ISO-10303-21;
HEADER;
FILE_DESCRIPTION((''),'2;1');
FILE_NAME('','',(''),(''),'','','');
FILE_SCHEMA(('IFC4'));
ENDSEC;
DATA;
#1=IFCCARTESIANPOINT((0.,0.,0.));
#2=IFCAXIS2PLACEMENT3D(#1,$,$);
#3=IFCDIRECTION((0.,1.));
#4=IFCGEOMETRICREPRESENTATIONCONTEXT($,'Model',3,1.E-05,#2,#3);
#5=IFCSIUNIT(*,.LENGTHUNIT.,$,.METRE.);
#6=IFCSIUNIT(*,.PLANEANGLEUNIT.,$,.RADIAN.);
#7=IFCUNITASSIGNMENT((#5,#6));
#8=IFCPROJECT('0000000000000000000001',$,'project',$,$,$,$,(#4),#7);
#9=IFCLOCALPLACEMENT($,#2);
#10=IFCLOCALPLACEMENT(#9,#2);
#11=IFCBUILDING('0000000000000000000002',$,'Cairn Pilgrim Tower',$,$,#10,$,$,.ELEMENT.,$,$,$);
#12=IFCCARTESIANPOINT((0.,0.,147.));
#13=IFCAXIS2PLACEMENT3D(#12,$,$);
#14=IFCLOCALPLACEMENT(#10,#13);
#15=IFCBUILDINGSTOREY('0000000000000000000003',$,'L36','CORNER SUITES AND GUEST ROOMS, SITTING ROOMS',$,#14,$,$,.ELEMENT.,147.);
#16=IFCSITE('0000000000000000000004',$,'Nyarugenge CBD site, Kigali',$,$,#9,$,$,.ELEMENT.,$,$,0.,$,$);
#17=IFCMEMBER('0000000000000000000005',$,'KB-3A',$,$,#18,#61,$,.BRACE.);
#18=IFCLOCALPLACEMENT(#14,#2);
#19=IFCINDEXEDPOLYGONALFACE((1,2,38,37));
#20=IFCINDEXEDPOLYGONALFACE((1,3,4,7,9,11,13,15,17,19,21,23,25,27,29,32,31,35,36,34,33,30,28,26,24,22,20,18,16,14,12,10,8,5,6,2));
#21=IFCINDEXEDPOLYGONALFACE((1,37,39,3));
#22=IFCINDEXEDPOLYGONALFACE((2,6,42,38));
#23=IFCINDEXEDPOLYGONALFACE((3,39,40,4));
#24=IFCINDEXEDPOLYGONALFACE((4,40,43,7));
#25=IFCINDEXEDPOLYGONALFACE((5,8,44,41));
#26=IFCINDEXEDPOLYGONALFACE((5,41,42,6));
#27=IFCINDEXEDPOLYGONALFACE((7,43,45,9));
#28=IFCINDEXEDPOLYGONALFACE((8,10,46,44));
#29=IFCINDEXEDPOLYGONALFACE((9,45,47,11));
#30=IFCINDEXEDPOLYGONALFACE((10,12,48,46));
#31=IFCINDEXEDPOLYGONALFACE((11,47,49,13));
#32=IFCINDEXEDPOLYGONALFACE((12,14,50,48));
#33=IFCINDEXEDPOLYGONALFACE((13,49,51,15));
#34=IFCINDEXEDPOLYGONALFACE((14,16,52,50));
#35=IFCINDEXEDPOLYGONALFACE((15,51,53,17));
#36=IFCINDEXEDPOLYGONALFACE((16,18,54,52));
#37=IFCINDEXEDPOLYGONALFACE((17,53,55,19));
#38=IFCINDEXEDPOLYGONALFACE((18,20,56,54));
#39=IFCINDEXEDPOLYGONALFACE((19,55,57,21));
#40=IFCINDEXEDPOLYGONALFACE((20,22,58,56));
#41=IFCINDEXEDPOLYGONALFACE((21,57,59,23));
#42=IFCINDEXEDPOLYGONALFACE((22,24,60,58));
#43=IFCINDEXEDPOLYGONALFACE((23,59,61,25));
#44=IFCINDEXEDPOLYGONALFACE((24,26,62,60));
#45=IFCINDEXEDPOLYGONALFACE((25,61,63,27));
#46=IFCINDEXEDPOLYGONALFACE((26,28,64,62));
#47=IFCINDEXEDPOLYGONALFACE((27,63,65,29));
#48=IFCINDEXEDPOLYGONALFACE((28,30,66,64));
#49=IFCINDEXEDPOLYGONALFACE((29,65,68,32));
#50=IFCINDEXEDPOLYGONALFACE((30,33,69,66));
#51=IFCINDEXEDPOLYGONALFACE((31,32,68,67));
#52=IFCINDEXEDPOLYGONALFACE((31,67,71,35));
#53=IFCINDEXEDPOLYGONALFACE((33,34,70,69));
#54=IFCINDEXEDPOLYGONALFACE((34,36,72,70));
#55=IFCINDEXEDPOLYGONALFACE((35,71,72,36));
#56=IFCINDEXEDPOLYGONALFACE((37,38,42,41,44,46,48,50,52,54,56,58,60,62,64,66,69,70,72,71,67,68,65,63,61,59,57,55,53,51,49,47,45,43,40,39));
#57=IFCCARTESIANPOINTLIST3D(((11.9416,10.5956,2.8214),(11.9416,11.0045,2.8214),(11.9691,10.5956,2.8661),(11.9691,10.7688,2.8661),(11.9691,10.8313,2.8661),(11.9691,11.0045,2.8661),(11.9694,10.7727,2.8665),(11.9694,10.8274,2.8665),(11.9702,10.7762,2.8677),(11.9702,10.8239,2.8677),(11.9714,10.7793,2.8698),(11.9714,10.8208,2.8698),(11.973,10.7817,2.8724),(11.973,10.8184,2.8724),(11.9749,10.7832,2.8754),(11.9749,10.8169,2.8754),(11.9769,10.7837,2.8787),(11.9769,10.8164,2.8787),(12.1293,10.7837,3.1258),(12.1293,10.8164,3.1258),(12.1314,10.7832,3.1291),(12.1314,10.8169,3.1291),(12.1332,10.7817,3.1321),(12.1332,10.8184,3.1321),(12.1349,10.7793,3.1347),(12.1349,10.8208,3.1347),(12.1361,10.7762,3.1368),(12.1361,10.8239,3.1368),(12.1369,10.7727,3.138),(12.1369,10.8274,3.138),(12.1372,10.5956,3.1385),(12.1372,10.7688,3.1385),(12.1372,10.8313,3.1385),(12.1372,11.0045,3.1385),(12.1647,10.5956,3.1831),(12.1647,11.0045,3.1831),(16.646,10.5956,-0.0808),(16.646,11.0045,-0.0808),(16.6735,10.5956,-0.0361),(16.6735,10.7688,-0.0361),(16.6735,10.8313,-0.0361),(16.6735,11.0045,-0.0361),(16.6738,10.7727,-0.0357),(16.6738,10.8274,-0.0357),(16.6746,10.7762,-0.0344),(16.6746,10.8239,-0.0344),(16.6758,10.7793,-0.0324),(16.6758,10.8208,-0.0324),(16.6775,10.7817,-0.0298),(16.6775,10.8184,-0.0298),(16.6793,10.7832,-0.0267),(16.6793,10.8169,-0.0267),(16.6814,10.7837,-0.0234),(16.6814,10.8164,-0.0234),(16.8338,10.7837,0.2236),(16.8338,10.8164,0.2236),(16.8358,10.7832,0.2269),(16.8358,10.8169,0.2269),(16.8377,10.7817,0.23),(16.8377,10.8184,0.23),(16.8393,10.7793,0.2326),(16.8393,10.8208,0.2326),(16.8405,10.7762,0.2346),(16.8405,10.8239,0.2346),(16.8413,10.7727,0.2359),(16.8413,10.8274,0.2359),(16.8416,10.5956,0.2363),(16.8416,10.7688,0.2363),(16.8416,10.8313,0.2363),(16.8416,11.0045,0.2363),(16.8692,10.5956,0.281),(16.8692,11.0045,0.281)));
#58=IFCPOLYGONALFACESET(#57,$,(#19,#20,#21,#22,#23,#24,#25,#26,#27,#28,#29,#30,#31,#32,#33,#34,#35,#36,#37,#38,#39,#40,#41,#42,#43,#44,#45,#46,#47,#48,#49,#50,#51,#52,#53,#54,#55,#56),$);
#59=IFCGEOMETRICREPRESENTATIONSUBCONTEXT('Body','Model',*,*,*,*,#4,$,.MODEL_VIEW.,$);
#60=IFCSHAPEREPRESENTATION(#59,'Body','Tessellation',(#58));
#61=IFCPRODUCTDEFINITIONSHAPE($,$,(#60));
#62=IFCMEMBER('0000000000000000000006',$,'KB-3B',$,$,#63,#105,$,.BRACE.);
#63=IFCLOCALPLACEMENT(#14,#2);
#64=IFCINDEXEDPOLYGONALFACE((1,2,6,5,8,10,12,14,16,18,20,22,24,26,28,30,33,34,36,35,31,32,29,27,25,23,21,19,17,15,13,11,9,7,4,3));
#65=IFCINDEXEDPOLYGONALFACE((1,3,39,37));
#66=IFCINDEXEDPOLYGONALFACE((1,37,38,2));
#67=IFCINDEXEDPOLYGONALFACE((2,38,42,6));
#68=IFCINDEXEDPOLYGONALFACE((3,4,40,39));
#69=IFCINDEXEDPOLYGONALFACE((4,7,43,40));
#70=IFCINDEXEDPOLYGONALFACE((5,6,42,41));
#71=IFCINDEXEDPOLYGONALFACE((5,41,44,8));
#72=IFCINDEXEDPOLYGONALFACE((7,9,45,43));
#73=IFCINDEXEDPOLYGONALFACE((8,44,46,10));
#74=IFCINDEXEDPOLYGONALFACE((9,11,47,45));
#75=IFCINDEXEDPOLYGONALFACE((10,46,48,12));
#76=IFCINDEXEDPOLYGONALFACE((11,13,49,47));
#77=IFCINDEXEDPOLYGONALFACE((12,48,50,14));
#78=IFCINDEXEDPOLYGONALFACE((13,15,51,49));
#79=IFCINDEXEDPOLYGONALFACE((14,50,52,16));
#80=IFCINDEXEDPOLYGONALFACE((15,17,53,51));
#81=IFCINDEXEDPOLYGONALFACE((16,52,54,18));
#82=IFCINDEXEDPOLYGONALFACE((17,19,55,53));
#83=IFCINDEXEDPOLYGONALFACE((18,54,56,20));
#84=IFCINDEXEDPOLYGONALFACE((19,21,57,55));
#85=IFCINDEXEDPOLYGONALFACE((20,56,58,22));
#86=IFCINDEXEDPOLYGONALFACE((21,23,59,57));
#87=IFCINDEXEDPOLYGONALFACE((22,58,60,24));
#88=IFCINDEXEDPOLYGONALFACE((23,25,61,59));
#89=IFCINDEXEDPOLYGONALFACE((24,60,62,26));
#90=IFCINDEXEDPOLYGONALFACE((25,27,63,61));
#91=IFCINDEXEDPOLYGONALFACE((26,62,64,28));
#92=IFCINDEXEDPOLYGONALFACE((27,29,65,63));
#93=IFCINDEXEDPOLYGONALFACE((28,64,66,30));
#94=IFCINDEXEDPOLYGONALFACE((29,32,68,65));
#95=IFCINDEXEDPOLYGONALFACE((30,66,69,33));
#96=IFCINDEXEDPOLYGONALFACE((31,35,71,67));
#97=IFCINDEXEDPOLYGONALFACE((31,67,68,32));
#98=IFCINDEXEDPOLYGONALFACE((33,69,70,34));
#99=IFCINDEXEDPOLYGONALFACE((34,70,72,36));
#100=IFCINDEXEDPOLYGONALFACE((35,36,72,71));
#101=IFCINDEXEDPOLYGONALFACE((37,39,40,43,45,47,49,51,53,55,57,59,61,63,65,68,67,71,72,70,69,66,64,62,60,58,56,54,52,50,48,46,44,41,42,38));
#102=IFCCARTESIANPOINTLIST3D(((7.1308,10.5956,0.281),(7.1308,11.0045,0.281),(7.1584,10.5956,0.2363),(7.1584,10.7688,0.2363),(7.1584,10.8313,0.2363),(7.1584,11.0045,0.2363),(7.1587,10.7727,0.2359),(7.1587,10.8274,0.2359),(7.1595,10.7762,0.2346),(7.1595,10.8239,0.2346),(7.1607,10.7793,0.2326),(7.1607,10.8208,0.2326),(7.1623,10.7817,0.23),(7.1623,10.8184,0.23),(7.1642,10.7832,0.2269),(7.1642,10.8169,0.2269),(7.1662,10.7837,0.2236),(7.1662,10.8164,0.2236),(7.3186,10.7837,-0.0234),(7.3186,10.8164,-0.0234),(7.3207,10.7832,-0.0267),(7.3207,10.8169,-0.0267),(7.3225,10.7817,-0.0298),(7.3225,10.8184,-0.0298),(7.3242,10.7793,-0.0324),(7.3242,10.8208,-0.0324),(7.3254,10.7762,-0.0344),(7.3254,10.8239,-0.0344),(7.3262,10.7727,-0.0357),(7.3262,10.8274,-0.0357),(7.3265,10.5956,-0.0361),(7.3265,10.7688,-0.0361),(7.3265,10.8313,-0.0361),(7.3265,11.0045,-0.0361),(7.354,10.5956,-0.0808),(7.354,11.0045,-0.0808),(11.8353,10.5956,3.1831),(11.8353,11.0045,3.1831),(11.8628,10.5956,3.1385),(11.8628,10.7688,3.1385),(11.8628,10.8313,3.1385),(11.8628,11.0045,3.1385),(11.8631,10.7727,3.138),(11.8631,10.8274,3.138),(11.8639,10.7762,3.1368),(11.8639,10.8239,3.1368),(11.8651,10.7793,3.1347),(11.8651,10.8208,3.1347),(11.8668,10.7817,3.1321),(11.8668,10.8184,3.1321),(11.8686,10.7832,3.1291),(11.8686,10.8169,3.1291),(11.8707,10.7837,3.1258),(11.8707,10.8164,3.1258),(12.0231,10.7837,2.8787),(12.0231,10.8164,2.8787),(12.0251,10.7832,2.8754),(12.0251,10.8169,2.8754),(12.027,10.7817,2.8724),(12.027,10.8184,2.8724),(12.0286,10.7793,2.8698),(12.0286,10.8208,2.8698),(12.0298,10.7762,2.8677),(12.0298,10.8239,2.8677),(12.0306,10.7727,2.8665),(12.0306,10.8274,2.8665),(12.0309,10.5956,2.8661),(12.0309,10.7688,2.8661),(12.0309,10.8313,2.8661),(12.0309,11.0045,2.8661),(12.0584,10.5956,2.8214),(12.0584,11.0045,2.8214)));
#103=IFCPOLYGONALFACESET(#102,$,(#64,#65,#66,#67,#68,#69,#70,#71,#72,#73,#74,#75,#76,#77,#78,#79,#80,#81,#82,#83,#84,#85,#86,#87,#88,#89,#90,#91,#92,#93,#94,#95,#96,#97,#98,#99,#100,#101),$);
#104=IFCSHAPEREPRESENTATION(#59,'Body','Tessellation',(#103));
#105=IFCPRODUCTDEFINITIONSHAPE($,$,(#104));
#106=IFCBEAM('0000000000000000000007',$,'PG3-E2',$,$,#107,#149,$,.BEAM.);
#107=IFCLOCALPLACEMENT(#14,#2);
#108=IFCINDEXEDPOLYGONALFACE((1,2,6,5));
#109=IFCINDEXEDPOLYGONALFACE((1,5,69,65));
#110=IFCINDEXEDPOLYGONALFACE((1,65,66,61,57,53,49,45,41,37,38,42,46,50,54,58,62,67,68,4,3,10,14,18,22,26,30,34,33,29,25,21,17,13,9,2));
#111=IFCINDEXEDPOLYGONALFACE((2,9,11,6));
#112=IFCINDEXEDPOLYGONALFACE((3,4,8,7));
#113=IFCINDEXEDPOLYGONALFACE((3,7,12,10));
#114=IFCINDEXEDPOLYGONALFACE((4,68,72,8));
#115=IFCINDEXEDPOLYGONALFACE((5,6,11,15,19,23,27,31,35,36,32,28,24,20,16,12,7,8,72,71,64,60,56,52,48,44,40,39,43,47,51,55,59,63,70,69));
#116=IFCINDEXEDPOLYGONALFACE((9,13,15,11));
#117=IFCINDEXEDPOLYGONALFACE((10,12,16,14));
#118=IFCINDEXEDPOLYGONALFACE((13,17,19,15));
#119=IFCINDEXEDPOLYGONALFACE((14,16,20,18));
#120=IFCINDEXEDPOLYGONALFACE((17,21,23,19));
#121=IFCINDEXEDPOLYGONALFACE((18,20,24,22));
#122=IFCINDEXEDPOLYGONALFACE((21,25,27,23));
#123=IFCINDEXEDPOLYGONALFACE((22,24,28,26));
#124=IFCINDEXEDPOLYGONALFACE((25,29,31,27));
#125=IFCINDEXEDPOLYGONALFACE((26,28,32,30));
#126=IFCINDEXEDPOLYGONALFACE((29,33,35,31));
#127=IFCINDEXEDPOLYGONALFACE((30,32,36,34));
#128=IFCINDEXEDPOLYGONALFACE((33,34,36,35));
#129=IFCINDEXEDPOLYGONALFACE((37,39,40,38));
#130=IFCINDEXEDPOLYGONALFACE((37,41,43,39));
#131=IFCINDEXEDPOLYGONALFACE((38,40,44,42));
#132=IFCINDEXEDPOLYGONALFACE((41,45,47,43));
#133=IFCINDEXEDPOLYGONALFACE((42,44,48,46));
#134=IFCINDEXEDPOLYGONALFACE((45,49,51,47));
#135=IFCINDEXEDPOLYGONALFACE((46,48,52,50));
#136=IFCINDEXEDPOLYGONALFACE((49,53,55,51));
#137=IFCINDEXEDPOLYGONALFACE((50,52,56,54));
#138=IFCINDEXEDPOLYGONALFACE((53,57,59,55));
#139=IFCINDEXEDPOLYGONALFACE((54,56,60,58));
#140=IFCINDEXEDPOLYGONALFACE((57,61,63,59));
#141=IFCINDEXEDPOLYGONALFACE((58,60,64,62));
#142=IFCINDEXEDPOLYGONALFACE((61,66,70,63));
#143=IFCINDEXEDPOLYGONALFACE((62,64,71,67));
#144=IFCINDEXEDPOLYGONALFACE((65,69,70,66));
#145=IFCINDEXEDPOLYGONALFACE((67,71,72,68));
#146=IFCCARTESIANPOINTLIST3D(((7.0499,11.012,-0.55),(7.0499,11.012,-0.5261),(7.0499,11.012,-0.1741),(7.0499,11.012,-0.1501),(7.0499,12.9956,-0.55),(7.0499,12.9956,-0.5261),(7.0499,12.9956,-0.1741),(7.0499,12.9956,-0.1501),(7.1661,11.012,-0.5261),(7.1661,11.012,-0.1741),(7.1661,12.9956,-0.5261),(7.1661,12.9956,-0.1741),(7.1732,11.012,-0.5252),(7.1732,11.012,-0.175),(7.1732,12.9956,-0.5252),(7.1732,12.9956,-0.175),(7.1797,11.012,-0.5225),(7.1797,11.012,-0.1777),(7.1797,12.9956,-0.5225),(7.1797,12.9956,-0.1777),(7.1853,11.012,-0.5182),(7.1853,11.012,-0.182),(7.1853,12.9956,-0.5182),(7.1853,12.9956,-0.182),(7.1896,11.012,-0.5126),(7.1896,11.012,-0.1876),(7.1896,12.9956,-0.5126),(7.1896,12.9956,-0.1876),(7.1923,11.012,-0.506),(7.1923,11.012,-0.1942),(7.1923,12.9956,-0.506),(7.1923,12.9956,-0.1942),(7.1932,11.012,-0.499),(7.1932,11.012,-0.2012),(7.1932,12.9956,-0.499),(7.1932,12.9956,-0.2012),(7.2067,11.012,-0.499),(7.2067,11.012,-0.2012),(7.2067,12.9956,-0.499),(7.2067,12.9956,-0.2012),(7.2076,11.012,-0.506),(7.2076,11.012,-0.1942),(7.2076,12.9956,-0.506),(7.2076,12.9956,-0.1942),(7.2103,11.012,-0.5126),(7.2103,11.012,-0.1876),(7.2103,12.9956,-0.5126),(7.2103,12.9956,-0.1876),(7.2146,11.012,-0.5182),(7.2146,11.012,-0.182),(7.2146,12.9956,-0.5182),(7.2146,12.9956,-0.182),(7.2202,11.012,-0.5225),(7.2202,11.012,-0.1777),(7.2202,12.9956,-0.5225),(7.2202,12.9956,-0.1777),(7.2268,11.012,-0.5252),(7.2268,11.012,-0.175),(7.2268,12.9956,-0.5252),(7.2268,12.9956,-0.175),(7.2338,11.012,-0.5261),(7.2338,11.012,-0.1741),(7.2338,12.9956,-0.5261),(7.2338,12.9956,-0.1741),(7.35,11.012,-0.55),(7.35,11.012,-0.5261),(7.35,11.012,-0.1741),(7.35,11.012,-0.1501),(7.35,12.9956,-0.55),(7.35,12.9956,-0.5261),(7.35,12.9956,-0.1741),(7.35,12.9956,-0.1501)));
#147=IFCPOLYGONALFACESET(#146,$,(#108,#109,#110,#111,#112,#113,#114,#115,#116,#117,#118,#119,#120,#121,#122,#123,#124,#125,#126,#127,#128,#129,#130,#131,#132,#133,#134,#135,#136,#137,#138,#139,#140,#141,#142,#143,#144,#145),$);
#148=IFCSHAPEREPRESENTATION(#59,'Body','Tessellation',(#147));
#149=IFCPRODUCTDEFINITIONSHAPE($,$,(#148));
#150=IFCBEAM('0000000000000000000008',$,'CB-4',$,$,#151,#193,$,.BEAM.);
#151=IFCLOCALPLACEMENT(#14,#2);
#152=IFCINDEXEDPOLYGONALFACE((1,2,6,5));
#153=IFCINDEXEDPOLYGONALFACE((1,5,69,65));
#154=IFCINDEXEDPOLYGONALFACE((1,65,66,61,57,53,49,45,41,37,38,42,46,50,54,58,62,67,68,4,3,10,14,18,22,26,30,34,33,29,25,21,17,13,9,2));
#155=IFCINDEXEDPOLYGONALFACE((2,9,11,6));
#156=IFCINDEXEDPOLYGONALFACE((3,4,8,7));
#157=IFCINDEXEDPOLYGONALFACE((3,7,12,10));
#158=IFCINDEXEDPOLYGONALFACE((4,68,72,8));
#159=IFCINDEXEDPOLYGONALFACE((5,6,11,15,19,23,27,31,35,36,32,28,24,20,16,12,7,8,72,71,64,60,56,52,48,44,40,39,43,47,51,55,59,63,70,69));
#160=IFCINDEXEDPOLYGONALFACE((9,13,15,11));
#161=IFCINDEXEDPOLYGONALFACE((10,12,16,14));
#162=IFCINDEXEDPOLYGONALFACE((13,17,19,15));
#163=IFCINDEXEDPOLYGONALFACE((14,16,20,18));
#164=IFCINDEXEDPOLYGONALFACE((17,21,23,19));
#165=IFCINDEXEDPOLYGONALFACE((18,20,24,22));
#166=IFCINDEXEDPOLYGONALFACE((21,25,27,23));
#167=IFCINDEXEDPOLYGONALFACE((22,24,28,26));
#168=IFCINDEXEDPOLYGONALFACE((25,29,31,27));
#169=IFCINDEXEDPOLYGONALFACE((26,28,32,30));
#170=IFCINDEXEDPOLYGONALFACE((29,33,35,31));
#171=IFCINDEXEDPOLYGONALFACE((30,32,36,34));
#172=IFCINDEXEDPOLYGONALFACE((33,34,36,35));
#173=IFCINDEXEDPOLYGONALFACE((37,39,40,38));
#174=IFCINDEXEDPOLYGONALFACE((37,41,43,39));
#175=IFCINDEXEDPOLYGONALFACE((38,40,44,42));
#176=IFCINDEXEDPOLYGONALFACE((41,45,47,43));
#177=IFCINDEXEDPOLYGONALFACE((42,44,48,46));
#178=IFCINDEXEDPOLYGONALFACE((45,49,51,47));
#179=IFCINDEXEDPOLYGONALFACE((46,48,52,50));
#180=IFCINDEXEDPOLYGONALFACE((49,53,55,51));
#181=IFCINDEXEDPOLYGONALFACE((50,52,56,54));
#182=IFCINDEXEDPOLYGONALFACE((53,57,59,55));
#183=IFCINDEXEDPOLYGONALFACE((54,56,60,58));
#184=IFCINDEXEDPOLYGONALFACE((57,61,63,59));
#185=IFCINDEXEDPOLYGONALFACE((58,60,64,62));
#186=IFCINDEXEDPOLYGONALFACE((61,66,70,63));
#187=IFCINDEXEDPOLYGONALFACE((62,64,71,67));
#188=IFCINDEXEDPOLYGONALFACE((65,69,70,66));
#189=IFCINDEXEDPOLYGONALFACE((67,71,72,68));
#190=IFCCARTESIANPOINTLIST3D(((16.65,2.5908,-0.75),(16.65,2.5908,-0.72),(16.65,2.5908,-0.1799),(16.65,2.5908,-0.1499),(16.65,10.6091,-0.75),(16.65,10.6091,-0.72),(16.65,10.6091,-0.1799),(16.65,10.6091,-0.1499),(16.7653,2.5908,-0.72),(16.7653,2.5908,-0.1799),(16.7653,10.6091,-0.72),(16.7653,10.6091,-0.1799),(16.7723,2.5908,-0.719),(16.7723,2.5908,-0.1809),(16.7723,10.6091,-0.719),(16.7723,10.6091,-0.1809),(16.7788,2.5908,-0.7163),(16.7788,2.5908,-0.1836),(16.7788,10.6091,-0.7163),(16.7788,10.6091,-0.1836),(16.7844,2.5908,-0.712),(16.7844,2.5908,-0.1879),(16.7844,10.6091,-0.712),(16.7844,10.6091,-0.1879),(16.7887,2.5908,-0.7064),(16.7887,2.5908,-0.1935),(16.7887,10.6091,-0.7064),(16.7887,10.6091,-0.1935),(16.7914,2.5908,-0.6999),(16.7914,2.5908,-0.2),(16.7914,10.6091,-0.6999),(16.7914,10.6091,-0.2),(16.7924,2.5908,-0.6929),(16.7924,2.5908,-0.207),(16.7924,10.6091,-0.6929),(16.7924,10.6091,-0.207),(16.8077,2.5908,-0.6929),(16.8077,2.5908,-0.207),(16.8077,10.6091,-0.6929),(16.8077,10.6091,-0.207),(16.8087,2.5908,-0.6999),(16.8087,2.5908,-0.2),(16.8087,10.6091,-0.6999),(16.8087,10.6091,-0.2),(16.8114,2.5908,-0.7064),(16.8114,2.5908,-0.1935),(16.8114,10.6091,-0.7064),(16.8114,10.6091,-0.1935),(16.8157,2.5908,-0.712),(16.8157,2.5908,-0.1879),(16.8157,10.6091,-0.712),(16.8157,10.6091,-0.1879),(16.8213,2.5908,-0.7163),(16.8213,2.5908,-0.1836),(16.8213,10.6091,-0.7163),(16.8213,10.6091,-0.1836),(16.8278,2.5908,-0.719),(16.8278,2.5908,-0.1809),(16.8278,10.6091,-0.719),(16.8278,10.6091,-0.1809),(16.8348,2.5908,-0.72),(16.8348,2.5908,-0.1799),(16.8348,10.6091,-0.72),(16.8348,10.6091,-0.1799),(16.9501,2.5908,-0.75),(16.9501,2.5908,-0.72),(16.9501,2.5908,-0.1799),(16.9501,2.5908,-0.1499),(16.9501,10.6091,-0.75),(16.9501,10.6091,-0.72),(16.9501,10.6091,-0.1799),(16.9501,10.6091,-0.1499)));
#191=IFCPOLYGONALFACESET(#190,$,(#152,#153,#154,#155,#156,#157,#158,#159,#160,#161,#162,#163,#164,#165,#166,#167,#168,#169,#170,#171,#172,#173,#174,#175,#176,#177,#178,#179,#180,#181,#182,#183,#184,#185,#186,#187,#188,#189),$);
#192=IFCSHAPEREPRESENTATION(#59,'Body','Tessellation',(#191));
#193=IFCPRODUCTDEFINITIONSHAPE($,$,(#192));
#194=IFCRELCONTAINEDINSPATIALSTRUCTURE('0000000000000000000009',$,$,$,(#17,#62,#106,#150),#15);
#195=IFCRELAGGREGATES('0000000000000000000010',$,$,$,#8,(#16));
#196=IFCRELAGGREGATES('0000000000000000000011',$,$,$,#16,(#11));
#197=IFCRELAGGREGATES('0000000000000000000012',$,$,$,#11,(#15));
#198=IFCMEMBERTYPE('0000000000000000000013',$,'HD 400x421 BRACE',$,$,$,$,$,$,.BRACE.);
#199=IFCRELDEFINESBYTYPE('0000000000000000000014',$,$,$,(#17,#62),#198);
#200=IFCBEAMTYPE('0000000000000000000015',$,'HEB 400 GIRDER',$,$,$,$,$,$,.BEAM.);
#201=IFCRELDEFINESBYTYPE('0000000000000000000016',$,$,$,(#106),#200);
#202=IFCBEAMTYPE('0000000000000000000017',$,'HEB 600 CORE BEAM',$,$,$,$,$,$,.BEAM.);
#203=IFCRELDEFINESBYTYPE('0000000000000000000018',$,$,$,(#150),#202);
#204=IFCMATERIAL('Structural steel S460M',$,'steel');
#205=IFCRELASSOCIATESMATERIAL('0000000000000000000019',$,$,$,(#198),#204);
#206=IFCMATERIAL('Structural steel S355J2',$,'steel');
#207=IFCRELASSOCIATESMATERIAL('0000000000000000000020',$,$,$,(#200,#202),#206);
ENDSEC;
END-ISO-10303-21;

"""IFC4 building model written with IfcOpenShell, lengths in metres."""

from ifc_helpers import new_model, si_unit, direction, frame, origin, origin_2d, place, context, subcontext, project, spatial, i_section, extrude, material, material_profile, profile_set, type_object, element, save


model = new_model("IFC4")

# Units and contexts
model_context = context("Model", 3, precision=1e-05, world=origin(), true_north=direction((0.0, 1.0)))
body_context = subcontext(model_context, "Body", "Model", "MODEL_VIEW")
ifc_project = project(units=[si_unit("LENGTHUNIT", "METRE"), si_unit("PLANEANGLEUNIT", "RADIAN")], contexts=[model_context])

# Site, building, storey
site_placement = place(None, origin())
site = spatial("IfcSite", under=ifc_project, at=site_placement, Name="Nyarugenge CBD site, Kigali", CompositionType="ELEMENT", RefElevation=0.0)
building_placement = place(site_placement, origin())
building = spatial("IfcBuilding", under=site, at=building_placement, Name="Cairn Pilgrim Tower", CompositionType="ELEMENT")
storey_placement = place(building_placement, frame((0.0, 0.0, 147.0)))
storey = spatial("IfcBuildingStorey", under=building, at=storey_placement, Name="L36", Description="CORNER SUITES AND GUEST ROOMS, SITTING ROOMS", CompositionType="ELEMENT", Elevation=147.0)

# Shared definitions
ifc_material_1 = material(Name="Structural steel S460M", Category="steel")

# Members
ifc_material_profile_1 = material_profile(ifc_material_1, i_section(OverallWidth=0.4089, OverallDepth=0.425, WebThickness=0.0327, FlangeThickness=0.0525, FilletRadius=0.0149, at=origin_2d()), Name="HD 400x421")
ifc_profile_set_1 = profile_set([ifc_material_profile_1], Name="Structural steel S460M")
member_type = type_object("IfcMemberType", Name="HD 400x421 BRACE", PredefinedType="BRACE", material=ifc_profile_set_1)
for number, where, z_axis, x_axis, name in (
    (1, (16.7576, 10.8, 0.1001), (-0.851083, 0.0, 0.525031), (0.0, -1.0, 0.0), "KB-3A"),
    (2, (7.2424, 10.8, 0.1001), (0.851083, 0.0, 0.525031), (0.0, 1.0, 0.0), "KB-3B"),
):
    element("IfcMember", number, at=place(storey_placement, frame(where, z_axis=z_axis, x_axis=x_axis)), inside=storey, type_object=member_type, Name=name, PredefinedType="BRACE", context=body_context, shape_type="SweptSolid", body=[
        extrude(i_section(OverallWidth=0.4089, OverallDepth=0.425, WebThickness=0.0327, FlangeThickness=0.0525, FilletRadius=0.0149, at=origin_2d()), origin(), (0.0, 0.0, 1.0), 5.5276),
    ])

# Beams
ifc_material_2 = material(Name="Structural steel S355J2", Category="steel")
ifc_material_profile_2 = material_profile(ifc_material_2, i_section(OverallWidth=0.3, OverallDepth=0.3999, WebThickness=0.0134, FlangeThickness=0.0239, FilletRadius=0.0271, at=origin_2d()), Name="HEB 400")
ifc_profile_set_2 = profile_set([ifc_material_profile_2], Name="Structural steel S355J2")
beam_type_1 = type_object("IfcBeamType", Name="HEB 400 GIRDER", PredefinedType="BEAM", material=ifc_profile_set_2)
beam_1_placement = place(storey_placement, frame((7.2, 11.012, -0.3501), z_axis=(0.0, 1.0, 0.0), x_axis=(-1.0, 0.0, 0.0)))
element("IfcBeam", 3, at=beam_1_placement, inside=storey, type_object=beam_type_1, Name="PG3-E2", PredefinedType="BEAM", context=body_context, shape_type="SweptSolid", body=[
    extrude(i_section(OverallWidth=0.3, OverallDepth=0.3999, WebThickness=0.0134, FlangeThickness=0.0239, FilletRadius=0.0271, at=origin_2d()), origin(), (0.0, 0.0, 1.0), 1.9836),
])
ifc_material_profile_3 = material_profile(ifc_material_2, i_section(OverallWidth=0.3, OverallDepth=0.6001, WebThickness=0.0154, FlangeThickness=0.03, FilletRadius=0.0271, at=origin_2d()), Name="HEB 600")
ifc_profile_set_3 = profile_set([ifc_material_profile_3], Name="Structural steel S355J2")
beam_type_2 = type_object("IfcBeamType", Name="HEB 600 CORE BEAM", PredefinedType="BEAM", material=ifc_profile_set_3)
beam_2_placement = place(storey_placement, frame((16.8, 2.5908, -0.45), z_axis=(0.0, 1.0, 0.0), x_axis=(-1.0, 0.0, 0.0)))
element("IfcBeam", 4, at=beam_2_placement, inside=storey, type_object=beam_type_2, Name="CB-4", PredefinedType="BEAM", context=body_context, shape_type="SweptSolid", body=[
    extrude(i_section(OverallWidth=0.3, OverallDepth=0.6001, WebThickness=0.0154, FlangeThickness=0.03, FilletRadius=0.0271, at=origin_2d()), origin(), (0.0, 0.0, 1.0), 8.0183),
])

save(model, "model.ifc")
